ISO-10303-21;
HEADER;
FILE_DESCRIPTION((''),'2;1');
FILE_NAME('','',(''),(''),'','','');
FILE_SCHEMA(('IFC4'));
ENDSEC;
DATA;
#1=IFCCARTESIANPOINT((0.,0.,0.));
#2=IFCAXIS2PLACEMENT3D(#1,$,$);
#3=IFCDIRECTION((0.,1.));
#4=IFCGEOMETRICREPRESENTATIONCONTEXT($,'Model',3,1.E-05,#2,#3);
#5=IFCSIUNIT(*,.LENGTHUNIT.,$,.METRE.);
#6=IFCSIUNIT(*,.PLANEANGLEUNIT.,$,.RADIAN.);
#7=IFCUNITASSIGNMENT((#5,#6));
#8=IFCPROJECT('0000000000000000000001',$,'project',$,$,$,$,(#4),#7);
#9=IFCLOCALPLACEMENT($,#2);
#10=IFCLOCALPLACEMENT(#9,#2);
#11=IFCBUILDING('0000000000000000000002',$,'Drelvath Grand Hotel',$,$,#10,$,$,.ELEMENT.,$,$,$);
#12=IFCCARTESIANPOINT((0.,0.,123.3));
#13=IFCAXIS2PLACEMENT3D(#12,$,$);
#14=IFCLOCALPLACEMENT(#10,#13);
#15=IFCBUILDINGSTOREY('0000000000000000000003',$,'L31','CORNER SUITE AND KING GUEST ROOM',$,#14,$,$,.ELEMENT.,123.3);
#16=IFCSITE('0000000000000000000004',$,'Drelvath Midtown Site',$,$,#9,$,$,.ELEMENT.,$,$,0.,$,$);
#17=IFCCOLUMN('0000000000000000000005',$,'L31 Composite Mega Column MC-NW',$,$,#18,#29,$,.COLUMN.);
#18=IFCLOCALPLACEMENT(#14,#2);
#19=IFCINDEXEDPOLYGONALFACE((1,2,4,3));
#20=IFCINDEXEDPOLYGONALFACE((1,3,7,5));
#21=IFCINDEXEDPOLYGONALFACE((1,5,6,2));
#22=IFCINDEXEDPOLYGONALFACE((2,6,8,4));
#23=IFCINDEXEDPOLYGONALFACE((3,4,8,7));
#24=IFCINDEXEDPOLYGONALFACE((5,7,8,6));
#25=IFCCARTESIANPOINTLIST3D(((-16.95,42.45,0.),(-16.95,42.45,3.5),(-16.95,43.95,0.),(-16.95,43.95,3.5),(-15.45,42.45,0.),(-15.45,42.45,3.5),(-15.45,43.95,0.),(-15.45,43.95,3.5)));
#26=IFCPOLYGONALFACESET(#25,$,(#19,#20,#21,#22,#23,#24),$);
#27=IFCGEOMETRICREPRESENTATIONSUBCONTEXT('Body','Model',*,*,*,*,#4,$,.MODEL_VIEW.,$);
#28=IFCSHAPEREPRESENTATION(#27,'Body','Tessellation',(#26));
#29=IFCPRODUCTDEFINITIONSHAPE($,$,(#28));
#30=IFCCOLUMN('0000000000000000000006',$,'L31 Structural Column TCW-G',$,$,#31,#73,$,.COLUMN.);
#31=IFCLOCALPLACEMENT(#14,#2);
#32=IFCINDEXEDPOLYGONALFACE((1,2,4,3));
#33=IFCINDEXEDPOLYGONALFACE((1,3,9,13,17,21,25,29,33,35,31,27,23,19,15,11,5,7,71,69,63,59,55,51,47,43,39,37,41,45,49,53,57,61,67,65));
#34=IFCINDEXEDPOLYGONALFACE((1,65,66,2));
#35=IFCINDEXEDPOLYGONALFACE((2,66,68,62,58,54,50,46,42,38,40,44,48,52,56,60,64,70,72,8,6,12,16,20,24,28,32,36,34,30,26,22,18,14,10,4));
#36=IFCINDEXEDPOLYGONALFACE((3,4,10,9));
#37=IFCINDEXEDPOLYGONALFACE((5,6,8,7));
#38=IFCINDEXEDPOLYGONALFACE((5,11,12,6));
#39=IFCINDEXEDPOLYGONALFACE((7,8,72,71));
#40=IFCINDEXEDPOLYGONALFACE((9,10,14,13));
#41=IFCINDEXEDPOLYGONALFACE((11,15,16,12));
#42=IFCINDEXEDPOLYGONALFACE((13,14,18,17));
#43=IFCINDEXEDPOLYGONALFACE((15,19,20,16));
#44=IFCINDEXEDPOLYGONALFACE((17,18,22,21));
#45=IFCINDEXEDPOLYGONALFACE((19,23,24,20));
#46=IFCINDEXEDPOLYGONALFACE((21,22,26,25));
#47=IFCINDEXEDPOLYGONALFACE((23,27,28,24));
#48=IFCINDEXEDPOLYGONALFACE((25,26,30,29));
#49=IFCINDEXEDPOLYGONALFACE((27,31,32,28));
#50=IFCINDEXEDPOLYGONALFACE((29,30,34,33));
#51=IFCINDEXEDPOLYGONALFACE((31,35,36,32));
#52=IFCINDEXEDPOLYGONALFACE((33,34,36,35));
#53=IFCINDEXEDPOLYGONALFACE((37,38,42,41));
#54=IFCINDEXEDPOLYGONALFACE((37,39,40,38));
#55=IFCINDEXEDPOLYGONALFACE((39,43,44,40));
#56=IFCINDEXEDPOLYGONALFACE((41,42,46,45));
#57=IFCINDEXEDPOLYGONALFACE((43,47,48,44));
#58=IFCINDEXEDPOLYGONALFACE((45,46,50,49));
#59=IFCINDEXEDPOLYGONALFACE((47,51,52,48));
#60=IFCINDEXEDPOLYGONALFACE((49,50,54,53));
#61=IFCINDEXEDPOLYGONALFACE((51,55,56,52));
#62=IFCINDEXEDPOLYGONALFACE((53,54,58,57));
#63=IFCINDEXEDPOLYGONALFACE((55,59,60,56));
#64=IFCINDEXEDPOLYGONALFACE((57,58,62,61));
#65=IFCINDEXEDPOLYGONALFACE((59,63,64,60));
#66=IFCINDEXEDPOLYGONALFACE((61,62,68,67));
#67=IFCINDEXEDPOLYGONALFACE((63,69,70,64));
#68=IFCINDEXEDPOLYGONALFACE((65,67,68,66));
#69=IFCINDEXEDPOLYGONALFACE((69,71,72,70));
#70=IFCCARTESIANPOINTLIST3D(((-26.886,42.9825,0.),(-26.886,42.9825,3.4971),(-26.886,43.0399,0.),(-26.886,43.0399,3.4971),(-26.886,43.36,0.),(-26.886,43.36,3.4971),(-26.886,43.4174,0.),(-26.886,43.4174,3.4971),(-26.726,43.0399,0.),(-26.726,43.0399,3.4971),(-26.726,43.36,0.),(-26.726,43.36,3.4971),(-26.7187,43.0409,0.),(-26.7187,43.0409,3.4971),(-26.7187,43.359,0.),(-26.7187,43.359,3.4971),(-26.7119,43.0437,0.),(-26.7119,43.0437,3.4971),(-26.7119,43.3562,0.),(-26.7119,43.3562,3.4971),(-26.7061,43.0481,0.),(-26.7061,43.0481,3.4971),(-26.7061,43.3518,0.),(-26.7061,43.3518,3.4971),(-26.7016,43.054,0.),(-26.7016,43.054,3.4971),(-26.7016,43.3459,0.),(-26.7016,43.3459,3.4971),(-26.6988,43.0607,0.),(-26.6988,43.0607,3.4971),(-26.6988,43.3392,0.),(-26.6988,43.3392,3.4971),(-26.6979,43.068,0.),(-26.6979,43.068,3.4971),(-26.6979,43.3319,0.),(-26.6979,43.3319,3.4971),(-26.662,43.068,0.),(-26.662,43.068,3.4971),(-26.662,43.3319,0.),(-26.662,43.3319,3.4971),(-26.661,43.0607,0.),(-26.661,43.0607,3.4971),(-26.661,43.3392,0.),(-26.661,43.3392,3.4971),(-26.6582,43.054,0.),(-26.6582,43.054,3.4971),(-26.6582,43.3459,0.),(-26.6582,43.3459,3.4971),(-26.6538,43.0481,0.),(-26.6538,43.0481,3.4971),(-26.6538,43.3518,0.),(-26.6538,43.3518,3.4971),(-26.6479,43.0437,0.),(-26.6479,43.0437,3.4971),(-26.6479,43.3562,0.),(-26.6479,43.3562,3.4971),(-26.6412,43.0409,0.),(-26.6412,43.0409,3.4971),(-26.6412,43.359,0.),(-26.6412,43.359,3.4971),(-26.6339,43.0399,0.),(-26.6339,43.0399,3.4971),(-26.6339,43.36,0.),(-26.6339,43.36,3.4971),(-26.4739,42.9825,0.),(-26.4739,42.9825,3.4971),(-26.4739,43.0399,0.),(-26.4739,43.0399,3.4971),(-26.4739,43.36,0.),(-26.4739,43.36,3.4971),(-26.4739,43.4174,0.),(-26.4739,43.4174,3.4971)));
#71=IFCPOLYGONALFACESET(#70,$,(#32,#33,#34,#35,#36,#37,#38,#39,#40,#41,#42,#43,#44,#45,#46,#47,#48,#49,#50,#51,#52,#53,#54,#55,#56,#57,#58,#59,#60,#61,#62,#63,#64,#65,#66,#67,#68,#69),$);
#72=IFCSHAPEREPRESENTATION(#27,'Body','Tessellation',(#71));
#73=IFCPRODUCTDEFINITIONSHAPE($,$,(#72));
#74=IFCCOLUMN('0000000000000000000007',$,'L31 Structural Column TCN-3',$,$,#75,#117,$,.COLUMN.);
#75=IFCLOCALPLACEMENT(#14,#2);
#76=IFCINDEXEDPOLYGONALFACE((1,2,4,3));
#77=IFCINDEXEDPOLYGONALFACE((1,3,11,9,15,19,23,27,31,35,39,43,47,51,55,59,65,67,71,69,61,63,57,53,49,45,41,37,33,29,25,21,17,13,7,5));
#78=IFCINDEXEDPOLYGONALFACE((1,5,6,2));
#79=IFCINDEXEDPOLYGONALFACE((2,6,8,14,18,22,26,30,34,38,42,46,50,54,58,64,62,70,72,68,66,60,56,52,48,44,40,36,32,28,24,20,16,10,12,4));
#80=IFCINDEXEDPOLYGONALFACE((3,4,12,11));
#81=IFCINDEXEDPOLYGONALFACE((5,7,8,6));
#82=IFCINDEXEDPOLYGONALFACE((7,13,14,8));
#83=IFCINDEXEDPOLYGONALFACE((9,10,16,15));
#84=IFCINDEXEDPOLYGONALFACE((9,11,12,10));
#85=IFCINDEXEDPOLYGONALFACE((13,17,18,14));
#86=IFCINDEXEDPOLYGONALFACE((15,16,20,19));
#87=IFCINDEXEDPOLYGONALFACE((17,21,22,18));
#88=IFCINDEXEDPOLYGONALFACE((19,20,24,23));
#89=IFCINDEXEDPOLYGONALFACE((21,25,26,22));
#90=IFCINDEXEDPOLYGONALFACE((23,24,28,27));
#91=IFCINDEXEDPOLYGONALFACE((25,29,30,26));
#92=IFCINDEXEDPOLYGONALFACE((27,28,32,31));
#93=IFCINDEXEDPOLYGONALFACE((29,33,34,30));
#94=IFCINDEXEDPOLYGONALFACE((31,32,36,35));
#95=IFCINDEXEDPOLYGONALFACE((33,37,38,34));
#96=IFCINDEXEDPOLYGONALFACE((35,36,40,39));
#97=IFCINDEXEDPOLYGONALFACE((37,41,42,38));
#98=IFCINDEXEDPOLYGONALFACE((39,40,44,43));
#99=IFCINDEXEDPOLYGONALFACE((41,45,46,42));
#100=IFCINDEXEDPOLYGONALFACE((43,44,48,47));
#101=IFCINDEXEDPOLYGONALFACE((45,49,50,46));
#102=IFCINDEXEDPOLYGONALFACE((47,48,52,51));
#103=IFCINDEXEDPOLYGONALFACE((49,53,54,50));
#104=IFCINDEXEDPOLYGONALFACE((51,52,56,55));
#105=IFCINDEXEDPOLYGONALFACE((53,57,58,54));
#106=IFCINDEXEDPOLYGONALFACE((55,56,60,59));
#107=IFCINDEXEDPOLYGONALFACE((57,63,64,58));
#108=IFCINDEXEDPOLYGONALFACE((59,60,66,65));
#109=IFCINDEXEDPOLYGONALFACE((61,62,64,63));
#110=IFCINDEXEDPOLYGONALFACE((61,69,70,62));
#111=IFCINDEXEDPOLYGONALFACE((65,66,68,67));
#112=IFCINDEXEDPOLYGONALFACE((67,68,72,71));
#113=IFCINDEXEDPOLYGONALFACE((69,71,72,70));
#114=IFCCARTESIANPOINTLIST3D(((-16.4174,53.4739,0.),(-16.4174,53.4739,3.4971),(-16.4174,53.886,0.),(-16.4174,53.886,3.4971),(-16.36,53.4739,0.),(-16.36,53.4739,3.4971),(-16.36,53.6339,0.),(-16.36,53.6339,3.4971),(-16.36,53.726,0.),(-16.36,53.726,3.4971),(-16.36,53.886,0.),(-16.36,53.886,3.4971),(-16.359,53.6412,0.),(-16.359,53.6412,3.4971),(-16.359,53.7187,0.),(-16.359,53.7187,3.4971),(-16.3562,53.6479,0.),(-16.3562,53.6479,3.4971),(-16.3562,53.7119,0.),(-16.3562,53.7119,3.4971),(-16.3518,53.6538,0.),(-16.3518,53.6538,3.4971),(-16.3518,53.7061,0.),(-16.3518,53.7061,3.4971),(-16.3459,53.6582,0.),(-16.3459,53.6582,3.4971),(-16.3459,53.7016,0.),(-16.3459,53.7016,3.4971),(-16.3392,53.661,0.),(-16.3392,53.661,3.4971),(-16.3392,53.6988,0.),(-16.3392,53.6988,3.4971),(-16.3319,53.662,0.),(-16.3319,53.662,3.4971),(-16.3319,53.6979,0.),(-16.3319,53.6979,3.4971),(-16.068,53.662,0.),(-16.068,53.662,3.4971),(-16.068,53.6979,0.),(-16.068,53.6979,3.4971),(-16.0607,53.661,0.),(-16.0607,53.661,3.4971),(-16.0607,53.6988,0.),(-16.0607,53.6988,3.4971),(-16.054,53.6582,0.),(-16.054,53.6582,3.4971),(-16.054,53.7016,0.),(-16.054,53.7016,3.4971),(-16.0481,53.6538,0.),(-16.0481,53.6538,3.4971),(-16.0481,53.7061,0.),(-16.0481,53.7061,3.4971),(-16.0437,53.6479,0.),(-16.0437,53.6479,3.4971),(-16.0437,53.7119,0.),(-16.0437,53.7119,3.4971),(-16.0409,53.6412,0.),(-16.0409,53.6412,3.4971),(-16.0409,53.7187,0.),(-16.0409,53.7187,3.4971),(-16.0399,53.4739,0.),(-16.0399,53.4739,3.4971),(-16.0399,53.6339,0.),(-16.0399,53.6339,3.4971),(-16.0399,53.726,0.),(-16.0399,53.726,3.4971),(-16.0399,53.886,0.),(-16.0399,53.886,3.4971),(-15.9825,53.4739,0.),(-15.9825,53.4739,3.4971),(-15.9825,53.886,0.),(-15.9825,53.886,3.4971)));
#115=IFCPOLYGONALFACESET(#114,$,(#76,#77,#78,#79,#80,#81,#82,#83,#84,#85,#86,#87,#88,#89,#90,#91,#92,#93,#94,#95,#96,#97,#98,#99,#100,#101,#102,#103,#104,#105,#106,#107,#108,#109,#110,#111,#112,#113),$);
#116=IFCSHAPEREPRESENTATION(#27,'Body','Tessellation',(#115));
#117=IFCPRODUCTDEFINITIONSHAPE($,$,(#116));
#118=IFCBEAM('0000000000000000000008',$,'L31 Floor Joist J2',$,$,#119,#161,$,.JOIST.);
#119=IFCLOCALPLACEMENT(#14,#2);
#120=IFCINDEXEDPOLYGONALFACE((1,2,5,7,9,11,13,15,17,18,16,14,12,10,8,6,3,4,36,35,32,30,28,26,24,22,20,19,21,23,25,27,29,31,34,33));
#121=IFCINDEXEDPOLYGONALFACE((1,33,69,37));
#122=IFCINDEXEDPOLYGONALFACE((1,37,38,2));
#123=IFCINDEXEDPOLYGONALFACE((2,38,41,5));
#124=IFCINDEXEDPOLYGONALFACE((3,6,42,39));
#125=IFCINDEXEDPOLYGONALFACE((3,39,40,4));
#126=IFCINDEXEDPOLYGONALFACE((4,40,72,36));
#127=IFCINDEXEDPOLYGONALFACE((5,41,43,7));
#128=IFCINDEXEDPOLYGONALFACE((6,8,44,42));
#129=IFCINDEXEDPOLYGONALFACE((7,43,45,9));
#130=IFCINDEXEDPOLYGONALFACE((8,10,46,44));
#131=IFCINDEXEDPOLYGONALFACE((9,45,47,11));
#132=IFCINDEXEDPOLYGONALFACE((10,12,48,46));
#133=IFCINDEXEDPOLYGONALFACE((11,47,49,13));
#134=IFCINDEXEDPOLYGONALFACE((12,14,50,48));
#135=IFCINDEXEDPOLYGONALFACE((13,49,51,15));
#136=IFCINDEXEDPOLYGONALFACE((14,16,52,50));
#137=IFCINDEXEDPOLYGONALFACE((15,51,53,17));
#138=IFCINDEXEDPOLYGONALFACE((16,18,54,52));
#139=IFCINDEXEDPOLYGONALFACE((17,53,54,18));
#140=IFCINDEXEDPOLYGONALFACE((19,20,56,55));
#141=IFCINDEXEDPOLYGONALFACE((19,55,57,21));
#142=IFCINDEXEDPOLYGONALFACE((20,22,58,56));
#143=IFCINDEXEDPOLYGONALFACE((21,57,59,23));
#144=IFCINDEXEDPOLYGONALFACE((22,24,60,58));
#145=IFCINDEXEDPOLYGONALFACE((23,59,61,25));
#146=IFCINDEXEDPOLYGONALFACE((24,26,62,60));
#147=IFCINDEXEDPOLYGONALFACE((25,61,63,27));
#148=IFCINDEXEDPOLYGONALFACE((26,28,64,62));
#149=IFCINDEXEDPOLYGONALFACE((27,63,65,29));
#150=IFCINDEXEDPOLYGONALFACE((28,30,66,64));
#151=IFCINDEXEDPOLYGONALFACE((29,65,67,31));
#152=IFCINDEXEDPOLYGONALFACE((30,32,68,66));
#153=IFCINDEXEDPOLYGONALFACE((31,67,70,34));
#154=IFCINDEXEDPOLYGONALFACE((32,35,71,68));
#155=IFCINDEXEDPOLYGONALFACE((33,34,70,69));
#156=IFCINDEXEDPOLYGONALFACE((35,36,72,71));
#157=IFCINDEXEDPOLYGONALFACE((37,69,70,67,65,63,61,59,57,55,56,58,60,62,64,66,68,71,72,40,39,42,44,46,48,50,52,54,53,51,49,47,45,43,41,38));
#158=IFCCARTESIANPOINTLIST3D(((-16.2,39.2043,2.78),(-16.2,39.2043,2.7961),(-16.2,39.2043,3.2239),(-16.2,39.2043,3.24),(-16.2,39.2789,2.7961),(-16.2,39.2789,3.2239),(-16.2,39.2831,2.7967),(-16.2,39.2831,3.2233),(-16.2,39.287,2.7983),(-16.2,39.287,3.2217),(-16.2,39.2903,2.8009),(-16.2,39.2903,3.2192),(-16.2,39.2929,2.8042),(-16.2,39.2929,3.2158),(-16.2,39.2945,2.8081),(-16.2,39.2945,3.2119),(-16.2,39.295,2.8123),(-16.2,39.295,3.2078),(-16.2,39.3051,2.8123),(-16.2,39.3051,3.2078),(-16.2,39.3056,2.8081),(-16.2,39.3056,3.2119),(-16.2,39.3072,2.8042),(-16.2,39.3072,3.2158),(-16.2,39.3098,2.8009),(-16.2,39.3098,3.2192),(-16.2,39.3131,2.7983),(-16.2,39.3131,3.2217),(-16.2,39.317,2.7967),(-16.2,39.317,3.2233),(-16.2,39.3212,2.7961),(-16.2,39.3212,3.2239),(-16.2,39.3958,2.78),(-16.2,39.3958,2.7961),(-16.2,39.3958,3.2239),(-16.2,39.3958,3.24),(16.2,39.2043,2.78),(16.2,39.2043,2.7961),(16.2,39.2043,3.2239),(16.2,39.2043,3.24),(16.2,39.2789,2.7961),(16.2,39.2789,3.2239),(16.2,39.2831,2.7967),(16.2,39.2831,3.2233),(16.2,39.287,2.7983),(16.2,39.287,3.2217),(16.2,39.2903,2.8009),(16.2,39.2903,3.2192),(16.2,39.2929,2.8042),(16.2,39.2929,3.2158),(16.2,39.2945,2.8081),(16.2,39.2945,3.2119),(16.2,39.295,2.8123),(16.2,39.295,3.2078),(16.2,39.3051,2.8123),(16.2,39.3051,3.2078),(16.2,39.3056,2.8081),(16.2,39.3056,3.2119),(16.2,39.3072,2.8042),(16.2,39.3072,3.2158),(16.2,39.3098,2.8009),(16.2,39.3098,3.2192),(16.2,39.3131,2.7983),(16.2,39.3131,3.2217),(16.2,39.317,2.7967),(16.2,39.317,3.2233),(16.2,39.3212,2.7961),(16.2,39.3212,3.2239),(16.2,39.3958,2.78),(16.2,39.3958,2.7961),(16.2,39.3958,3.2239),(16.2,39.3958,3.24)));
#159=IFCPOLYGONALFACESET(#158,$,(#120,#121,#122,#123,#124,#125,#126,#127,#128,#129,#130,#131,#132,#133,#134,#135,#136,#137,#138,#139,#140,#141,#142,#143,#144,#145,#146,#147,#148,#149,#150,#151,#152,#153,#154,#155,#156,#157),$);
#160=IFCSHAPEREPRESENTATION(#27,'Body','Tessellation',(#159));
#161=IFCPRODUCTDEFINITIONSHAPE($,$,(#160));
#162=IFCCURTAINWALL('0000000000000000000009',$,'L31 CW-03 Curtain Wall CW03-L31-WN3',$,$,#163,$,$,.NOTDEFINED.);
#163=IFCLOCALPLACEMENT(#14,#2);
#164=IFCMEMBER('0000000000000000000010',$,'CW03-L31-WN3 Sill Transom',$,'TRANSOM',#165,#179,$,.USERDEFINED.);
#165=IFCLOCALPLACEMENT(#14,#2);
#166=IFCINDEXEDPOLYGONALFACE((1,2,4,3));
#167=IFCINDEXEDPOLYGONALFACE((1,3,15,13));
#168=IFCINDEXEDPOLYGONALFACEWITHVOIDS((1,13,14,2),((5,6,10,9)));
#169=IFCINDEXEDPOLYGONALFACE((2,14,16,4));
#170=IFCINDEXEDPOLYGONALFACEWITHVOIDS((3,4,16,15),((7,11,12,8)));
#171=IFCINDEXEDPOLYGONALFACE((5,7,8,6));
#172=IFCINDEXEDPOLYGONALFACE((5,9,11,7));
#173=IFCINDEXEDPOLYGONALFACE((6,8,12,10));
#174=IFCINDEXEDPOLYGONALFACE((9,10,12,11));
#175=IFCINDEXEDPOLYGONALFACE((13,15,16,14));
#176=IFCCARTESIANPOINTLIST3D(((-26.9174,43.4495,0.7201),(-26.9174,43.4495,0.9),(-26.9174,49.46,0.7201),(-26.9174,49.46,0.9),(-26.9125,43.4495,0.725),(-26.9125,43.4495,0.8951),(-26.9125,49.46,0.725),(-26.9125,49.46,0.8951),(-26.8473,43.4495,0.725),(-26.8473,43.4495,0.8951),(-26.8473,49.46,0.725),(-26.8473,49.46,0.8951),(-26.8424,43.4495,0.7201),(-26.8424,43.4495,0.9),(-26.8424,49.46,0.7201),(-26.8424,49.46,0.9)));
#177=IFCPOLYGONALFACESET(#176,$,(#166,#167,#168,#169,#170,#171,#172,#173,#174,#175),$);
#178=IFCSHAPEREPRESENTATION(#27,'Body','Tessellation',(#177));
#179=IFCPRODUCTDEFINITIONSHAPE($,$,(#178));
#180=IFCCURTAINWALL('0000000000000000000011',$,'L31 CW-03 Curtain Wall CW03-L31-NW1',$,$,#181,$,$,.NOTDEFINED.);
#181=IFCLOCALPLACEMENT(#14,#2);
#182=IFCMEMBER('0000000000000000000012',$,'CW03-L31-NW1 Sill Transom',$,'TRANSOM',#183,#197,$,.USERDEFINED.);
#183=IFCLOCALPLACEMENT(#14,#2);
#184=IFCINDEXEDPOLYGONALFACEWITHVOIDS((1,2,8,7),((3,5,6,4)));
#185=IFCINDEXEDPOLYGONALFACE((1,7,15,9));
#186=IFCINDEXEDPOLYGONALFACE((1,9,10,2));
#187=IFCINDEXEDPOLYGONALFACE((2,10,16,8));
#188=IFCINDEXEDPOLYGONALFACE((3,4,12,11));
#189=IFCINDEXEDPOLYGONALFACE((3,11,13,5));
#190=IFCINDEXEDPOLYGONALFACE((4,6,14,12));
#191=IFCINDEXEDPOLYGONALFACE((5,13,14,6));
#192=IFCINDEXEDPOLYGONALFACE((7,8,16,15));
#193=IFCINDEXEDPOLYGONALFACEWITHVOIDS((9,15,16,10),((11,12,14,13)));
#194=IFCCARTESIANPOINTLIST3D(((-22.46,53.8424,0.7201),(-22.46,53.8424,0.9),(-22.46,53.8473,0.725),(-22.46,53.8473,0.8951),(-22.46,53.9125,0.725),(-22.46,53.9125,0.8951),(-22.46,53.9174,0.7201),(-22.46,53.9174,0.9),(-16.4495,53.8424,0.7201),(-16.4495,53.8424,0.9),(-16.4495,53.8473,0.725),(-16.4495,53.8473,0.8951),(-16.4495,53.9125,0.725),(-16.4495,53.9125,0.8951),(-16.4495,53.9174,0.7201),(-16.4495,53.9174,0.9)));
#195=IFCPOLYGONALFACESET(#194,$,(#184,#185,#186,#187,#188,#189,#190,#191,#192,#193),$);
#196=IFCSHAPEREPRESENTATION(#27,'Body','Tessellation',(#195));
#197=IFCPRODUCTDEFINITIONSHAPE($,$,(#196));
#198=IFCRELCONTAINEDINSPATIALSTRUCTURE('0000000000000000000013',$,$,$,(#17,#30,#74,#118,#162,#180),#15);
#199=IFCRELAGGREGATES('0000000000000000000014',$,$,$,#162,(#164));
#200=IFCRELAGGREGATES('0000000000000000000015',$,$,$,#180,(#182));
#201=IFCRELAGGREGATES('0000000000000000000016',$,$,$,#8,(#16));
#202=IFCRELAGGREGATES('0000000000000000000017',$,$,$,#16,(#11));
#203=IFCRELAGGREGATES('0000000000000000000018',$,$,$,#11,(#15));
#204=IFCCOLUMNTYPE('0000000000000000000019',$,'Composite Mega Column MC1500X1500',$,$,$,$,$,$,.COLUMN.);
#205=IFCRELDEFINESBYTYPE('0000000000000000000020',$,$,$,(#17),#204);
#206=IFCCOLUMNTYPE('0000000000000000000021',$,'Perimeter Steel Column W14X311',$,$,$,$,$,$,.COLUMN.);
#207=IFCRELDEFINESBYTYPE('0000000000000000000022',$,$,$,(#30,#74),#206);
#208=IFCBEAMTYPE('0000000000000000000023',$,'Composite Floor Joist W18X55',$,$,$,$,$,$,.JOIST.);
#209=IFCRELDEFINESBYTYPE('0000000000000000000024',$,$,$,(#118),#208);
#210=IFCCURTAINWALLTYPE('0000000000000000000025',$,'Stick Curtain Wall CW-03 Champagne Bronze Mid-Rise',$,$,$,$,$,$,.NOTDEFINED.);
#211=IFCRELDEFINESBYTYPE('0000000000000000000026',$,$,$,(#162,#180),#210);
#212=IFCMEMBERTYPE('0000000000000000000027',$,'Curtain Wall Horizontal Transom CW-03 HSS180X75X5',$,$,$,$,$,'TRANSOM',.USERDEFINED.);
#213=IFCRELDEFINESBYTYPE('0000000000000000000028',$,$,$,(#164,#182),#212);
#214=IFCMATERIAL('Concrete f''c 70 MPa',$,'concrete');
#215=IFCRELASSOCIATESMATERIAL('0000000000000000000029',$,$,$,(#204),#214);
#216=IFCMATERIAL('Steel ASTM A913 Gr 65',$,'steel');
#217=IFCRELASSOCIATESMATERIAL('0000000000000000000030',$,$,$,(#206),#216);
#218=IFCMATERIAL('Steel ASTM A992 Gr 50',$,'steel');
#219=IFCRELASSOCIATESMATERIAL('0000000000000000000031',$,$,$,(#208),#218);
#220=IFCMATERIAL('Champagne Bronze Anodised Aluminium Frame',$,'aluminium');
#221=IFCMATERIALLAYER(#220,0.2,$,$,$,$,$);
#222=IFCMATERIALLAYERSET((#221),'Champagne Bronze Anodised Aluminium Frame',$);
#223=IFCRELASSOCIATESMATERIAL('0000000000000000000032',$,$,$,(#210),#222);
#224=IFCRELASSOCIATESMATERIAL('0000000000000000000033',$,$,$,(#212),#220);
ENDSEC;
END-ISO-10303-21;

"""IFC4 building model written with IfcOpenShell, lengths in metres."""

from ifc_helpers import new_model, si_unit, direction, frame, origin, origin_2d, place, context, subcontext, project, spatial, rectangle, hollow_rectangle, i_section, extrude, material, layer, layer_set, material_profile, profile_set, type_object, element, aggregate, save


model = new_model("IFC4")

# Units and contexts
model_context = context("Model", 3, precision=1e-05, world=origin(), true_north=direction((0.0, 1.0)))
body_context = subcontext(model_context, "Body", "Model", "MODEL_VIEW")
ifc_project = project(units=[si_unit("LENGTHUNIT", "METRE"), si_unit("PLANEANGLEUNIT", "RADIAN")], contexts=[model_context])

# Site, building, storey
site_placement = place(None, origin())
site = spatial("IfcSite", under=ifc_project, at=site_placement, Name="Drelvath Midtown Site", CompositionType="ELEMENT", RefElevation=0.0)
building_placement = place(site_placement, origin())
building = spatial("IfcBuilding", under=site, at=building_placement, Name="Drelvath Grand Hotel", CompositionType="ELEMENT")
storey_placement = place(building_placement, frame((0.0, 0.0, 123.3)))
storey = spatial("IfcBuildingStorey", under=building, at=storey_placement, Name="L31", Description="CORNER SUITE AND KING GUEST ROOM", CompositionType="ELEMENT", Elevation=123.3)

# Columns
ifc_material_1 = material(Name="Concrete f'c 70 MPa", Category="concrete")
ifc_material_profile_1 = material_profile(ifc_material_1, rectangle(XDim=1.5, YDim=1.5, at=origin_2d()), Name="MC1500X1500")
ifc_profile_set_1 = profile_set([ifc_material_profile_1], Name="Concrete f'c 70 MPa")
column_type_1 = type_object("IfcColumnType", Name="Composite Mega Column MC1500X1500", PredefinedType="COLUMN", material=ifc_profile_set_1)
column_placement = place(storey_placement, frame((-16.2, 43.2, 0.0), z_axis=(0.0, 0.0, 1.0), x_axis=(1.0, 0.0, 0.0)))
element("IfcColumn", 1, at=column_placement, inside=storey, type_object=column_type_1, Name="L31 Composite Mega Column MC-NW", PredefinedType="COLUMN", context=body_context, shape_type="SweptSolid", body=[
    extrude(rectangle(XDim=1.5, YDim=1.5, at=origin_2d()), origin(), (0.0, 0.0, 1.0), 3.5),
])
ifc_material_2 = material(Name="Steel ASTM A913 Gr 65", Category="steel")
ifc_material_profile_2 = material_profile(ifc_material_2, i_section(OverallWidth=0.4121, OverallDepth=0.4348, WebThickness=0.0359, FlangeThickness=0.0574, FilletRadius=0.0281, at=origin_2d()), Name="W14X311")
ifc_profile_set_2 = profile_set([ifc_material_profile_2], Name="Steel ASTM A913 Gr 65")
column_type_2 = type_object("IfcColumnType", Name="Perimeter Steel Column W14X311", PredefinedType="COLUMN", material=ifc_profile_set_2)
for number, where, z_axis, x_axis, name in (
    (2, (-26.6799, 43.2, 0.0), (0.0, 0.0, 1.0), (1.0, 0.0, 0.0), "L31 Structural Column TCW-G"),
    (3, (-16.2, 53.6799, 0.0), (0.0, 0.0, 1.0), (0.0, 1.0, 0.0), "L31 Structural Column TCN-3"),
):
    element("IfcColumn", number, at=place(storey_placement, frame(where, z_axis=z_axis, x_axis=x_axis)), inside=storey, type_object=column_type_2, Name=name, PredefinedType="COLUMN", context=body_context, shape_type="SweptSolid", body=[
        extrude(i_section(OverallWidth=0.4121, OverallDepth=0.4348, WebThickness=0.0359, FlangeThickness=0.0574, FilletRadius=0.0281, at=origin_2d()), origin(), (0.0, 0.0, 1.0), 3.4971),
    ])

# Beam
ifc_material_3 = material(Name="Steel ASTM A992 Gr 50", Category="steel")
ifc_material_profile_3 = material_profile(ifc_material_3, i_section(OverallWidth=0.1914, OverallDepth=0.46, WebThickness=0.01, FlangeThickness=0.0161, FilletRadius=0.0161, at=origin_2d()), Name="W18X55")
ifc_profile_set_3 = profile_set([ifc_material_profile_3], Name="Steel ASTM A992 Gr 50")
beam_type_1 = type_object("IfcBeamType", Name="Composite Floor Joist W18X55", PredefinedType="JOIST", material=ifc_profile_set_3)
beam_1_placement = place(storey_placement, frame((-16.2, 39.3, 3.01), z_axis=(1.0, 0.0, 0.0), x_axis=(0.0, 1.0, 0.0)))
element("IfcBeam", 4, at=beam_1_placement, inside=storey, type_object=beam_type_1, Name="L31 Floor Joist J2", PredefinedType="JOIST", context=body_context, shape_type="SweptSolid", body=[
    extrude(i_section(OverallWidth=0.1914, OverallDepth=0.46, WebThickness=0.01, FlangeThickness=0.0161, FilletRadius=0.0161, at=origin_2d()), origin(), (0.0, 0.0, 1.0), 32.3999),
])

# Curtain walls, members
ifc_material_4 = material(Name="Champagne Bronze Anodised Aluminium Frame", Category="aluminium")
ifc_layer_1 = layer(ifc_material_4, 0.2)
ifc_layer_set_1 = layer_set([ifc_layer_1], Name="Champagne Bronze Anodised Aluminium Frame")
curtain_wall_type = type_object("IfcCurtainWallType", Name="Stick Curtain Wall CW-03 Champagne Bronze Mid-Rise", PredefinedType="NOTDEFINED", material=ifc_layer_set_1)
curtain_wall_1_placement = place(storey_placement, origin())
curtain_wall_1 = element("IfcCurtainWall", 5, at=curtain_wall_1_placement, inside=storey, type_object=curtain_wall_type, Name="L31 CW-03 Curtain Wall CW03-L31-WN3", PredefinedType="NOTDEFINED")
ifc_material_profile_4 = material_profile(ifc_material_4, hollow_rectangle(XDim=0.075, YDim=0.1799, WallThickness=0.0049, at=origin_2d()), Name="HSS180X75X5")
ifc_profile_set_4 = profile_set([ifc_material_profile_4], Name="Champagne Bronze Anodised Aluminium Frame")
member_type_1 = type_object("IfcMemberType", Name="Curtain Wall Horizontal Transom CW-03 HSS180X75X5", ElementType="TRANSOM", PredefinedType="USERDEFINED", material=ifc_profile_set_4)
member_1_placement = place(storey_placement, frame((-26.8799, 43.4495, 0.8101), z_axis=(0.0, 1.0, 0.0), x_axis=(-1.0, 0.0, 0.0)))
member_1 = element("IfcMember", 6, at=member_1_placement, type_object=member_type_1, Name="CW03-L31-WN3 Sill Transom", ObjectType="TRANSOM", PredefinedType="USERDEFINED", context=body_context, shape_type="SweptSolid", body=[
    extrude(hollow_rectangle(XDim=0.075, YDim=0.1799, WallThickness=0.0049, at=origin_2d()), origin(), (0.0, 0.0, 1.0), 6.0105),
])
curtain_wall_2_placement = place(storey_placement, origin())
curtain_wall_2 = element("IfcCurtainWall", 7, at=curtain_wall_2_placement, inside=storey, type_object=curtain_wall_type, Name="L31 CW-03 Curtain Wall CW03-L31-NW1", PredefinedType="NOTDEFINED")
member_2_placement = place(storey_placement, frame((-22.46, 53.8799, 0.8101), z_axis=(1.0, 0.0, 0.0), x_axis=(0.0, 1.0, 0.0)))
member_2 = element("IfcMember", 8, at=member_2_placement, type_object=member_type_1, Name="CW03-L31-NW1 Sill Transom", ObjectType="TRANSOM", PredefinedType="USERDEFINED", context=body_context, shape_type="SweptSolid", body=[
    extrude(hollow_rectangle(XDim=0.075, YDim=0.1799, WallThickness=0.0049, at=origin_2d()), origin(), (0.0, 0.0, 1.0), 6.0105),
])

aggregate(curtain_wall_1, [member_1])
aggregate(curtain_wall_2, [member_2])

save(model, "model.ifc")
